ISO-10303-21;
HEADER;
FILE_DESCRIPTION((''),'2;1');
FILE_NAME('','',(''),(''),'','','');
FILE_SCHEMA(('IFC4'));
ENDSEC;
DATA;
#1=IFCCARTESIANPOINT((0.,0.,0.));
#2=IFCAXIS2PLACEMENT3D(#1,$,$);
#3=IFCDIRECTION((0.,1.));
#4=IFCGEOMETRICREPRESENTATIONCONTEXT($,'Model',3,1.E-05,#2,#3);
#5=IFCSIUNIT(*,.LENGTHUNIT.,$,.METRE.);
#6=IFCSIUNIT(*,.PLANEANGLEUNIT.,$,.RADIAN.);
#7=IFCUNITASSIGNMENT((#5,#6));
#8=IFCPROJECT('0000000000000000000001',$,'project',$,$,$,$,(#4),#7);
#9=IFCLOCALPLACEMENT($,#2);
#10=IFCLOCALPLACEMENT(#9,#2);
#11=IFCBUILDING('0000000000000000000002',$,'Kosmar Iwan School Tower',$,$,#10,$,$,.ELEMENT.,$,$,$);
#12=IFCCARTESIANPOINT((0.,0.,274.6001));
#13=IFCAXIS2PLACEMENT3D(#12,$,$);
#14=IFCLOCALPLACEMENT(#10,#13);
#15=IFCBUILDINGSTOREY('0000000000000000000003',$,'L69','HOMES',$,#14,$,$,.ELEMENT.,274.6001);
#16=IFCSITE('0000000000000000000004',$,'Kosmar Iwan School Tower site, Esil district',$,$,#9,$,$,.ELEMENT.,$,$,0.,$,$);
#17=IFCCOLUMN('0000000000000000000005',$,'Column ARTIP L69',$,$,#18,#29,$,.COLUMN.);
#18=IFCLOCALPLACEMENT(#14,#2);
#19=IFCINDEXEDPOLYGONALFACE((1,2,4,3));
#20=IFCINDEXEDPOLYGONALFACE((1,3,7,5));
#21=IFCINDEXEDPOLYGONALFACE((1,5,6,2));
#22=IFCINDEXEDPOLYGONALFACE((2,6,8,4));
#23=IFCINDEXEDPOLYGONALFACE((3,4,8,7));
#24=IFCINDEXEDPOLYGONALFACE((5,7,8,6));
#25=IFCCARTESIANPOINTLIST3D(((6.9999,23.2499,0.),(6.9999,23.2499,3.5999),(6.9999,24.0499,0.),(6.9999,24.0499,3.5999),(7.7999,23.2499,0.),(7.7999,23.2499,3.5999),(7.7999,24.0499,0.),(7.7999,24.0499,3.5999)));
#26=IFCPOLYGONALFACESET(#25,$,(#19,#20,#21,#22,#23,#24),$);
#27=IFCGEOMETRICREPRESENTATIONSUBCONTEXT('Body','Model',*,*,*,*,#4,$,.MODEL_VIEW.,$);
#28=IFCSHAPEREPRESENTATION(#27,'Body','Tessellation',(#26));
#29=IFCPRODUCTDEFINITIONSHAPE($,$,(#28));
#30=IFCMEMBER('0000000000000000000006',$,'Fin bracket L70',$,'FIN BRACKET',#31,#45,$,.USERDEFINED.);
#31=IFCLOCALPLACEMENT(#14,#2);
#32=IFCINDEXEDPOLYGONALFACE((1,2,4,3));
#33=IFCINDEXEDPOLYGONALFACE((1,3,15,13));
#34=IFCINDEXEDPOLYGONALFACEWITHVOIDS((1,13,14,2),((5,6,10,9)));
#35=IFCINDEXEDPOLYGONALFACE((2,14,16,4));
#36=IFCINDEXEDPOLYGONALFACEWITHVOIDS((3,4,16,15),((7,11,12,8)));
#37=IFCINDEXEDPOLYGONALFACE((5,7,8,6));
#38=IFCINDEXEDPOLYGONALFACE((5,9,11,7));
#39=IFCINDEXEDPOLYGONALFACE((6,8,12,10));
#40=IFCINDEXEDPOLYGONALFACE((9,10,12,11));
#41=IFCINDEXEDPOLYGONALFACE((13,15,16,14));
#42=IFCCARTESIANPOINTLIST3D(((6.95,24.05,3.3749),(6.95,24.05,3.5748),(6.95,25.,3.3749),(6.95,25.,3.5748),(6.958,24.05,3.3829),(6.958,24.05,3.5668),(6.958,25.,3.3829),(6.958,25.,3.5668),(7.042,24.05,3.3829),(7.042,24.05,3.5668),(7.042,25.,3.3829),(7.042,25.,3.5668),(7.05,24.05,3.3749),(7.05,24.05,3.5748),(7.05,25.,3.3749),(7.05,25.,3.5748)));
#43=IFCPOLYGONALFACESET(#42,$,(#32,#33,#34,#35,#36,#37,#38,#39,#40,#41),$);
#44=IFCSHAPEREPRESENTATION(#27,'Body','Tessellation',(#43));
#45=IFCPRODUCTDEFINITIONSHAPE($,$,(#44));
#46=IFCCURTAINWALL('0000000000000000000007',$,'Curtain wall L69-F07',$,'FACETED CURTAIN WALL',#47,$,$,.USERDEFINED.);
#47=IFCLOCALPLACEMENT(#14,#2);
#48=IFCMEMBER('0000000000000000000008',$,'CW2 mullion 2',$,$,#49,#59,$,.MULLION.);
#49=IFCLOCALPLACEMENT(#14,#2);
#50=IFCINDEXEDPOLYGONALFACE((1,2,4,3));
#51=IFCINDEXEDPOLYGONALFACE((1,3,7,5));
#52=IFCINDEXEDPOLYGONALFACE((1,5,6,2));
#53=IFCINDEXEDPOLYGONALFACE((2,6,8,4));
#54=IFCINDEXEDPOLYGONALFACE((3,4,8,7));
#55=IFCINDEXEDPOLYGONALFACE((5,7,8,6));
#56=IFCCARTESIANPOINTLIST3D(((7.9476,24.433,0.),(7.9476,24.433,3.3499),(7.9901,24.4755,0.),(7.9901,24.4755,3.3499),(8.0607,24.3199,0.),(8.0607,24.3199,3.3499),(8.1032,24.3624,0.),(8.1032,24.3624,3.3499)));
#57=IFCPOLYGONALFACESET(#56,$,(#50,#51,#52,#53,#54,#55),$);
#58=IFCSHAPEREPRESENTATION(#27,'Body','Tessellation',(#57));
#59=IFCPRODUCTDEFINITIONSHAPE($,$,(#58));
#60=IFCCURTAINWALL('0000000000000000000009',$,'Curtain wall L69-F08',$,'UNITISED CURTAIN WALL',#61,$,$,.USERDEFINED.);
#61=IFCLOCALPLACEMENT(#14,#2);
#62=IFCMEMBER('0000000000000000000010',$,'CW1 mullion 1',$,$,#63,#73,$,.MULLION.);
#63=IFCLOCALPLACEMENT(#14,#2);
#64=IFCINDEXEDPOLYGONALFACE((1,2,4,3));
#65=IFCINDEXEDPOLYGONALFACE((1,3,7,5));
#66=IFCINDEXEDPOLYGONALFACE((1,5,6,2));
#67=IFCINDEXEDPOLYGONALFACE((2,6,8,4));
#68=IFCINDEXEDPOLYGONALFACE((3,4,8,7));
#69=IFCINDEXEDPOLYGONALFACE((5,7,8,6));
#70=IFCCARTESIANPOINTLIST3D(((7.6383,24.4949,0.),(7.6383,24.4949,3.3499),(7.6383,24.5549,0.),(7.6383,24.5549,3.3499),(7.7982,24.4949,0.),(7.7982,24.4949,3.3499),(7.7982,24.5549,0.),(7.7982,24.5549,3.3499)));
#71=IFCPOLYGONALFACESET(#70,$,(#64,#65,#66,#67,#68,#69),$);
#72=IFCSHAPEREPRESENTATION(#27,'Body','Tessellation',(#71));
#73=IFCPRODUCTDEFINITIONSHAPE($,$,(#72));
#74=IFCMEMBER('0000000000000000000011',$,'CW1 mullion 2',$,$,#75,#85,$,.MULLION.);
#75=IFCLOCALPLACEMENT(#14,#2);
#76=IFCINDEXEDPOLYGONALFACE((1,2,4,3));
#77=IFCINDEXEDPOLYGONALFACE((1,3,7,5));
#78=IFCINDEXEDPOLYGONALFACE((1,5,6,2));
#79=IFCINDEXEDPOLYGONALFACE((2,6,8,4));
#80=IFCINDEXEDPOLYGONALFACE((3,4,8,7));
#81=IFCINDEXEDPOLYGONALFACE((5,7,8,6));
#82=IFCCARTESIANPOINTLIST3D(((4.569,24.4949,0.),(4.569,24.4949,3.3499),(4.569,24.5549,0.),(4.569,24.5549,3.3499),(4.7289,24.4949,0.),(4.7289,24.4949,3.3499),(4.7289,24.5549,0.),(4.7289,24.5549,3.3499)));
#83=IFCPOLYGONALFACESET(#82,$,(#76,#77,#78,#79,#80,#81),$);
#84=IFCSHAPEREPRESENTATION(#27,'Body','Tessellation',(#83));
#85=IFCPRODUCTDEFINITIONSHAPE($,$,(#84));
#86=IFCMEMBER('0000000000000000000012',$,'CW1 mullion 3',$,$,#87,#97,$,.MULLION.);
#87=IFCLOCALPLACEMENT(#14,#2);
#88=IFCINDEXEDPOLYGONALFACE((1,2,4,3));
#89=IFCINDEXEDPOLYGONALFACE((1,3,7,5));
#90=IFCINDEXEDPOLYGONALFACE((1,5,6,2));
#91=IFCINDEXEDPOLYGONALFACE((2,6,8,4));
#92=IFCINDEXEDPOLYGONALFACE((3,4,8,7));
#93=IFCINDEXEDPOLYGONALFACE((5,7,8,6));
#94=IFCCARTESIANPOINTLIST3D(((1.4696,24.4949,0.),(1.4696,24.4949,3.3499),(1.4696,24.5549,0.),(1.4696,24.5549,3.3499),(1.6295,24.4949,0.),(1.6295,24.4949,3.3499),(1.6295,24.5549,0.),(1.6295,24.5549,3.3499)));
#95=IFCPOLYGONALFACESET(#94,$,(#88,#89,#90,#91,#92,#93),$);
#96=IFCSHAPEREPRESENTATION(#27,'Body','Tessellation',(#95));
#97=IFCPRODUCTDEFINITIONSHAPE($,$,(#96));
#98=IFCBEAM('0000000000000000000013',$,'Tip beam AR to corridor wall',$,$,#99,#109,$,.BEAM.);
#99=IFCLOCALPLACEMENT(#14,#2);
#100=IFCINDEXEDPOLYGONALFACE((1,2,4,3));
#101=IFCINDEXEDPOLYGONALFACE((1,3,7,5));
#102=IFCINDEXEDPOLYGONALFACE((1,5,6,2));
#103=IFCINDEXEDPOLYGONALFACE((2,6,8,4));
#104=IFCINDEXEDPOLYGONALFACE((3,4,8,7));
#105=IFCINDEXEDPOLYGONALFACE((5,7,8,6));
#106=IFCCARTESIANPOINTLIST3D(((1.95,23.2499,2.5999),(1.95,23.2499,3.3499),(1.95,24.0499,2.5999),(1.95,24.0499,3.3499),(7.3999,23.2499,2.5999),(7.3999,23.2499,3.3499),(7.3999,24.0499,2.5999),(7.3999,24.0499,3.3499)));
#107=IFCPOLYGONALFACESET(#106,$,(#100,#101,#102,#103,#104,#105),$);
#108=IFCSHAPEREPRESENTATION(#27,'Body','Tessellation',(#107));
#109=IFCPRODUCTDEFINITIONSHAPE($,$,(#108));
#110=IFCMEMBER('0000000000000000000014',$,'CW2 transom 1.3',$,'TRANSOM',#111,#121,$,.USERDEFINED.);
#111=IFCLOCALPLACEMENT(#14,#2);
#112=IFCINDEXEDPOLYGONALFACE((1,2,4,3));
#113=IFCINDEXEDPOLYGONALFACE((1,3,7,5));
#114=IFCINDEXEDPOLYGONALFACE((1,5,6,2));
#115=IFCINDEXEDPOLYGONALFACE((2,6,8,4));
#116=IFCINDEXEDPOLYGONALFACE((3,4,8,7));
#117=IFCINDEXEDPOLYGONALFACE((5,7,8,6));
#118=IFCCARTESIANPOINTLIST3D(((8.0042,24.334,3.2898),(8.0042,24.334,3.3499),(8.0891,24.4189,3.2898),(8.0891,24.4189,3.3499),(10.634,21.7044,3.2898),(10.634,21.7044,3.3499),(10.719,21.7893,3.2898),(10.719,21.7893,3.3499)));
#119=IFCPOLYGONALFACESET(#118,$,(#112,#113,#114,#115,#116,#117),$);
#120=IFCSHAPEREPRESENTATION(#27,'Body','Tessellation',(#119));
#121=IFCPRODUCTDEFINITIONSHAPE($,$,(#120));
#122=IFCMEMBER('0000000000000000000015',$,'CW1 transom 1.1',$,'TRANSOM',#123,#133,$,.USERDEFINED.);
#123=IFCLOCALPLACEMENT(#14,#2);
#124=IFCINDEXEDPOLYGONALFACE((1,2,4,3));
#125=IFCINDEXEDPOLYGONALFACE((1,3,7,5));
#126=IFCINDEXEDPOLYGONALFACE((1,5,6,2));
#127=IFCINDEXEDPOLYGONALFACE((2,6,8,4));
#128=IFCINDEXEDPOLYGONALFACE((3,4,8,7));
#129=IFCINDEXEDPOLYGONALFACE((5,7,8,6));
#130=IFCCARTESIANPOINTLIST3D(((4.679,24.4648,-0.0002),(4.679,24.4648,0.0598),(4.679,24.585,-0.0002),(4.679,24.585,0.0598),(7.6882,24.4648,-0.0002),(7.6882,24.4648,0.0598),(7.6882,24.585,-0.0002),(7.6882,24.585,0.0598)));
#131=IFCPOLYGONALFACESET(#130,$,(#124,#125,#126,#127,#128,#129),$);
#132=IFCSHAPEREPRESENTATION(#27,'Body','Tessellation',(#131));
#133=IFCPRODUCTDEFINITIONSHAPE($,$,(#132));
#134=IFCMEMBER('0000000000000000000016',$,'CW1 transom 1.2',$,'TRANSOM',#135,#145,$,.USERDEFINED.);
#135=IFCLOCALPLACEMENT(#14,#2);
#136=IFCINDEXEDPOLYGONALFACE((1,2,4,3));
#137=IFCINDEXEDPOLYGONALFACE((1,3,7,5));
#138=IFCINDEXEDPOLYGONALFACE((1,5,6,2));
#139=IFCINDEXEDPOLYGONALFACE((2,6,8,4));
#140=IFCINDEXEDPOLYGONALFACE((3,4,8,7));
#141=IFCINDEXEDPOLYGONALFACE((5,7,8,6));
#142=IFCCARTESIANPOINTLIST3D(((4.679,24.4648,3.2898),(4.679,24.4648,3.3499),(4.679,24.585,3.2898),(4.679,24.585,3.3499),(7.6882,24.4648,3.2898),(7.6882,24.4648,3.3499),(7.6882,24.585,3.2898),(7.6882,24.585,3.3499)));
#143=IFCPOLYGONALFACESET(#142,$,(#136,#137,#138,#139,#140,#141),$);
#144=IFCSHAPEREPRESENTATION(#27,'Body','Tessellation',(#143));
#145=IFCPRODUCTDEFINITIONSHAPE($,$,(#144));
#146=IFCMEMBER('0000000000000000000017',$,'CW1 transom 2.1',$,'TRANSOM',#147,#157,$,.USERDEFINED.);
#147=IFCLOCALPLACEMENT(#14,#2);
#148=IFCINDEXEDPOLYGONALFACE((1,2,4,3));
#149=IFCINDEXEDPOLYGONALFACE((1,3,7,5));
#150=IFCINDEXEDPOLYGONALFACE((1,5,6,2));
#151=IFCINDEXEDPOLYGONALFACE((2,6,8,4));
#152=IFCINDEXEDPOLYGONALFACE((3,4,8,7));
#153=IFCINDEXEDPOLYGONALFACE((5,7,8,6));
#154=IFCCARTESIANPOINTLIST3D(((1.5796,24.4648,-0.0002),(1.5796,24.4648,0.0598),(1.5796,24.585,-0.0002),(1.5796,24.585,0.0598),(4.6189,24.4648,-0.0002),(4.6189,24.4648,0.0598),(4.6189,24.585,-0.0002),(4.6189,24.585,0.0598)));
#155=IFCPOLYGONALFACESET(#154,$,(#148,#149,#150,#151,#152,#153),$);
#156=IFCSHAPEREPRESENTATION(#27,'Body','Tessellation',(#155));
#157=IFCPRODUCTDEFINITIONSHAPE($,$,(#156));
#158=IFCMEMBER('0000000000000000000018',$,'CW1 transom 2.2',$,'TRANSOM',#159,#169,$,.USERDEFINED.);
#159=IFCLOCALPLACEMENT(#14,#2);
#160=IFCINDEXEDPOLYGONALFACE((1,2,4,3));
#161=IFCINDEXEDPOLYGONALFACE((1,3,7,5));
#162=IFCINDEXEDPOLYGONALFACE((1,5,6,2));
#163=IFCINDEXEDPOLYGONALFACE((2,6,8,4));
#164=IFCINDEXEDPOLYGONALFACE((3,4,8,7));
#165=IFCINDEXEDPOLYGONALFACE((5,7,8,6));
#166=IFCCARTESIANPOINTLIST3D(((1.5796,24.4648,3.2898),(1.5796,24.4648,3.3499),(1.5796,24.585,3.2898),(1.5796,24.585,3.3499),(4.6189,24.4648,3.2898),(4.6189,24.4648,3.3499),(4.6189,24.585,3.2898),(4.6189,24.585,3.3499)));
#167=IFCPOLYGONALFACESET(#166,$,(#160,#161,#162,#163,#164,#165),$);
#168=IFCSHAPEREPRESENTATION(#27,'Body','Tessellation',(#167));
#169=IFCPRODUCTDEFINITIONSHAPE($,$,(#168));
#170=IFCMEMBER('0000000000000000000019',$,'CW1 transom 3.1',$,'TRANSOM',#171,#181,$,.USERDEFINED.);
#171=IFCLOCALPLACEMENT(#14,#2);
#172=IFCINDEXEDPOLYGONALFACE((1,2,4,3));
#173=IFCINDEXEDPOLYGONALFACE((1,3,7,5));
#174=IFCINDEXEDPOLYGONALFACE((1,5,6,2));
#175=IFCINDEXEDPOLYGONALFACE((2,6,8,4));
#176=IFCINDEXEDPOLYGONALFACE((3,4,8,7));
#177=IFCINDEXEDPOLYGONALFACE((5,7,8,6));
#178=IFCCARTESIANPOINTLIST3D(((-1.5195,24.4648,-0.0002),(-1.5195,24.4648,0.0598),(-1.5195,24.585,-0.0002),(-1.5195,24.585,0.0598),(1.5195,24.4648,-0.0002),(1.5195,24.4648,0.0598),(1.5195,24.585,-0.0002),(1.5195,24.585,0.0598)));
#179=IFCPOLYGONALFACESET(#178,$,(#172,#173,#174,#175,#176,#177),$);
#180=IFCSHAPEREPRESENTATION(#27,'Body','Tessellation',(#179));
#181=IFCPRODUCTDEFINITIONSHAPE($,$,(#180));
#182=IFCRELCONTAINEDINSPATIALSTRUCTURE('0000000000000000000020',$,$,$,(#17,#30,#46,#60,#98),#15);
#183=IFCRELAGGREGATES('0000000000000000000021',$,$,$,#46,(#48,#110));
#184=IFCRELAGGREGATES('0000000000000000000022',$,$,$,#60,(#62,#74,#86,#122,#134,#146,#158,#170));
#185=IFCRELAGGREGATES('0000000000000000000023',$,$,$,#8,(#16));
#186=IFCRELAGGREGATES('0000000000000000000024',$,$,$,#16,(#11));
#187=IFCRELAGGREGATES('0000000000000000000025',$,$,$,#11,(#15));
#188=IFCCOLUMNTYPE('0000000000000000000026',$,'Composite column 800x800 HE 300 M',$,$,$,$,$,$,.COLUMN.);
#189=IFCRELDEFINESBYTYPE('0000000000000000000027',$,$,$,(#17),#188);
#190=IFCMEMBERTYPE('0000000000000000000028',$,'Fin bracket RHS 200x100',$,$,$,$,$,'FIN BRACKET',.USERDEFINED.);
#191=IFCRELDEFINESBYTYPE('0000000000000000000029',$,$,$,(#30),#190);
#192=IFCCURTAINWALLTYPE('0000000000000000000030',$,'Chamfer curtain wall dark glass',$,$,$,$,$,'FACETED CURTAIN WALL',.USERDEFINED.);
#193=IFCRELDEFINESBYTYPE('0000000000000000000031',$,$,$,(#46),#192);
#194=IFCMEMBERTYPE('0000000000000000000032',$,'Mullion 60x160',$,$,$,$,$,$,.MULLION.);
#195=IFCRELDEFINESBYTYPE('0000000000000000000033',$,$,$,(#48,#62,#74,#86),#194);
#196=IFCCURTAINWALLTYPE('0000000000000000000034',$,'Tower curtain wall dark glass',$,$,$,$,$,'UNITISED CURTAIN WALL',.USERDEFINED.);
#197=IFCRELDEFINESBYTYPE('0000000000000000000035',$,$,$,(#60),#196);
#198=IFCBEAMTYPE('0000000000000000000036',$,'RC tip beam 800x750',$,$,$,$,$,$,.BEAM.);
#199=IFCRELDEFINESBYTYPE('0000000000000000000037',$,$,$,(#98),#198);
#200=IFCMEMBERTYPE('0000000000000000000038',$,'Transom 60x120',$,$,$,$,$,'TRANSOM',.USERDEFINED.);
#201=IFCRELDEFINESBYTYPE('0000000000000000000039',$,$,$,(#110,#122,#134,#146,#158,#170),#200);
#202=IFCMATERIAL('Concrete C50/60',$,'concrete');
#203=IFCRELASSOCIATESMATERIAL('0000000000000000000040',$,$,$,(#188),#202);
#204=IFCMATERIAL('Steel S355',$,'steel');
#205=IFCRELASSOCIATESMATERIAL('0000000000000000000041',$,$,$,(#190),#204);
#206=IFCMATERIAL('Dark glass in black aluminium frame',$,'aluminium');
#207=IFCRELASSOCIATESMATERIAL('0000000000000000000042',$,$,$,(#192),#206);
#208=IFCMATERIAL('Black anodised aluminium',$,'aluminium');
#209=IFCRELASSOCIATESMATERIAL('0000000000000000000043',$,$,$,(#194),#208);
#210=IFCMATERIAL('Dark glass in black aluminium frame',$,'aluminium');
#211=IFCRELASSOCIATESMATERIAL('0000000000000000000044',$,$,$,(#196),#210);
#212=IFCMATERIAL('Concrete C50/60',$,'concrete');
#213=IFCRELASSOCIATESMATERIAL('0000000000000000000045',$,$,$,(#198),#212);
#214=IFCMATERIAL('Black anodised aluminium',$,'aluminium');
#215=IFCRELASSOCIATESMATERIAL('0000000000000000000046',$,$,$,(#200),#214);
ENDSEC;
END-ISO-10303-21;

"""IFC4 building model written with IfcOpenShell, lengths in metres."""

from ifc_helpers import new_model, si_unit, direction, frame, origin, origin_2d, place, context, subcontext, project, spatial, rectangle, hollow_rectangle, extrude, material, material_profile, profile_set, type_object, element, aggregate, save


model = new_model("IFC4")

# Units and contexts
model_context = context("Model", 3, precision=1e-05, world=origin(), true_north=direction((0.0, 1.0)))
body_context = subcontext(model_context, "Body", "Model", "MODEL_VIEW")
ifc_project = project(units=[si_unit("LENGTHUNIT", "METRE"), si_unit("PLANEANGLEUNIT", "RADIAN")], contexts=[model_context])

# Site, building, storey
site_placement = place(None, origin())
site = spatial("IfcSite", under=ifc_project, at=site_placement, Name="Kosmar Iwan School Tower site, Esil district", CompositionType="ELEMENT", RefElevation=0.0)
building_placement = place(site_placement, origin())
building = spatial("IfcBuilding", under=site, at=building_placement, Name="Kosmar Iwan School Tower", CompositionType="ELEMENT")
storey_placement = place(building_placement, frame((0.0, 0.0, 274.6001)))
storey = spatial("IfcBuildingStorey", under=building, at=storey_placement, Name="L69", Description="HOMES", CompositionType="ELEMENT", Elevation=274.6001)

# Column
ifc_material_1 = material(Name="Concrete C50/60", Category="concrete")
ifc_material_profile_1 = material_profile(ifc_material_1, rectangle(XDim=0.8, YDim=0.8, at=origin_2d()), Name="RC 800x800 + HE 300 M")
ifc_profile_set_1 = profile_set([ifc_material_profile_1], Name="Concrete C50/60")
column_type = type_object("IfcColumnType", Name="Composite column 800x800 HE 300 M", PredefinedType="COLUMN", material=ifc_profile_set_1)
column_placement = place(storey_placement, frame((7.3999, 23.6499, 0.0), z_axis=(0.0, 0.0, 1.0), x_axis=(0.0, 1.0, 0.0)))
element("IfcColumn", 1, at=column_placement, inside=storey, type_object=column_type, Name="Column ARTIP L69", PredefinedType="COLUMN", context=body_context, shape_type="SweptSolid", body=[
    extrude(rectangle(XDim=0.8, YDim=0.8, at=origin_2d()), origin(), (0.0, 0.0, 1.0), 3.5999),
])

# Member
ifc_material_2 = material(Name="Steel S355", Category="steel")
ifc_material_profile_2 = material_profile(ifc_material_2, hollow_rectangle(XDim=0.1001, YDim=0.2, WallThickness=0.0081, at=origin_2d()), Name="RHS 200x100x8")
ifc_profile_set_2 = profile_set([ifc_material_profile_2], Name="Steel S355")
member_type_1 = type_object("IfcMemberType", Name="Fin bracket RHS 200x100", ElementType="FIN BRACKET", PredefinedType="USERDEFINED", material=ifc_profile_set_2)
member_1_placement = place(storey_placement, frame((7.0, 24.05, 3.4749), z_axis=(0.0, 1.0, 0.0), x_axis=(-1.0, 0.0, 0.0)))
element("IfcMember", 2, at=member_1_placement, inside=storey, type_object=member_type_1, Name="Fin bracket L70", ObjectType="FIN BRACKET", PredefinedType="USERDEFINED", context=body_context, shape_type="SweptSolid", body=[
    extrude(hollow_rectangle(XDim=0.1001, YDim=0.2, WallThickness=0.0081, at=origin_2d()), origin(), (0.0, 0.0, 1.0), 0.95),
])

# Curtain wall, member
ifc_material_3 = material(Name="Dark glass in black aluminium frame", Category="aluminium")
curtain_wall_type_1 = type_object("IfcCurtainWallType", Name="Chamfer curtain wall dark glass", ElementType="FACETED CURTAIN WALL", PredefinedType="USERDEFINED", material=ifc_material_3)
curtain_wall_1_placement = place(storey_placement, origin())
curtain_wall_1 = element("IfcCurtainWall", 3, at=curtain_wall_1_placement, inside=storey, type_object=curtain_wall_type_1, Name="Curtain wall L69-F07", ObjectType="FACETED CURTAIN WALL", PredefinedType="USERDEFINED")
ifc_material_4 = material(Name="Black anodised aluminium", Category="aluminium")
ifc_material_profile_3 = material_profile(ifc_material_4, rectangle(XDim=0.0601, YDim=0.1599, at=origin_2d()), Name="MULLION 60x160")
ifc_profile_set_3 = profile_set([ifc_material_profile_3], Name="Black anodised aluminium")
member_type_2 = type_object("IfcMemberType", Name="Mullion 60x160", PredefinedType="MULLION", material=ifc_profile_set_3)
member_2_placement = place(storey_placement, frame((8.0254, 24.3977, 0.0), z_axis=(0.0, 0.0, 1.0), x_axis=(-0.707107, -0.707107, 0.0)))
member_2 = element("IfcMember", 4, at=member_2_placement, type_object=member_type_2, Name="CW2 mullion 2", PredefinedType="MULLION", context=body_context, shape_type="SweptSolid", body=[
    extrude(rectangle(XDim=0.0601, YDim=0.1599, at=origin_2d()), origin(), (0.0, 0.0, 1.0), 3.3499),
])

# Curtain wall, members
ifc_material_5 = material(Name="Dark glass in black aluminium frame", Category="aluminium")
curtain_wall_type_2 = type_object("IfcCurtainWallType", Name="Tower curtain wall dark glass", ElementType="UNITISED CURTAIN WALL", PredefinedType="USERDEFINED", material=ifc_material_5)
curtain_wall_2_placement = place(storey_placement, origin())
curtain_wall_2 = element("IfcCurtainWall", 5, at=curtain_wall_2_placement, inside=storey, type_object=curtain_wall_type_2, Name="Curtain wall L69-F08", ObjectType="UNITISED CURTAIN WALL", PredefinedType="USERDEFINED")
member_3_placement = place(storey_placement, frame((7.7183, 24.5249, 0.0), z_axis=(0.0, 0.0, 1.0), x_axis=(0.0, -1.0, 0.0)))
member_3 = element("IfcMember", 6, at=member_3_placement, type_object=member_type_2, Name="CW1 mullion 1", PredefinedType="MULLION", context=body_context, shape_type="SweptSolid", body=[
    extrude(rectangle(XDim=0.0601, YDim=0.1599, at=origin_2d()), origin(), (0.0, 0.0, 1.0), 3.3499),
])
member_4_placement = place(storey_placement, frame((4.6489, 24.5249, 0.0), z_axis=(0.0, 0.0, 1.0), x_axis=(0.0, -1.0, 0.0)))
member_4 = element("IfcMember", 7, at=member_4_placement, type_object=member_type_2, Name="CW1 mullion 2", PredefinedType="MULLION", context=body_context, shape_type="SweptSolid", body=[
    extrude(rectangle(XDim=0.0601, YDim=0.1599, at=origin_2d()), origin(), (0.0, 0.0, 1.0), 3.3499),
])
member_5_placement = place(storey_placement, frame((1.5496, 24.5249, 0.0), z_axis=(0.0, 0.0, 1.0), x_axis=(0.0, -1.0, 0.0)))
member_5 = element("IfcMember", 8, at=member_5_placement, type_object=member_type_2, Name="CW1 mullion 3", PredefinedType="MULLION", context=body_context, shape_type="SweptSolid", body=[
    extrude(rectangle(XDim=0.0601, YDim=0.1599, at=origin_2d()), origin(), (0.0, 0.0, 1.0), 3.3499),
])

# Beam
ifc_material_6 = material(Name="Concrete C50/60", Category="concrete")
ifc_material_profile_4 = material_profile(ifc_material_6, rectangle(XDim=0.8, YDim=0.75, at=origin_2d()), Name="RC 800x750")
ifc_profile_set_4 = profile_set([ifc_material_profile_4], Name="Concrete C50/60")
beam_type = type_object("IfcBeamType", Name="RC tip beam 800x750", PredefinedType="BEAM", material=ifc_profile_set_4)
beam_placement = place(storey_placement, frame((7.3999, 23.6499, 2.9749), z_axis=(-1.0, 0.0, 0.0), x_axis=(0.0, -1.0, 0.0)))
element("IfcBeam", 9, at=beam_placement, inside=storey, type_object=beam_type, Name="Tip beam AR to corridor wall", PredefinedType="BEAM", context=body_context, shape_type="SweptSolid", body=[
    extrude(rectangle(XDim=0.8, YDim=0.75, at=origin_2d()), origin(), (0.0, 0.0, 1.0), 5.45),
])

# Members
ifc_material_7 = material(Name="Black anodised aluminium", Category="aluminium")
ifc_material_profile_5 = material_profile(ifc_material_7, rectangle(XDim=0.1201, YDim=0.0601, at=origin_2d()), Name="TRANSOM 60x120")
ifc_profile_set_5 = profile_set([ifc_material_profile_5], Name="Black anodised aluminium")
member_type_3 = type_object("IfcMemberType", Name="Transom 60x120", ElementType="TRANSOM", PredefinedType="USERDEFINED", material=ifc_profile_set_5)
member_6_placement = place(storey_placement, frame((10.6765, 21.7468, 3.3198), z_axis=(-0.70714, 0.707074, 0.0), x_axis=(-0.707074, -0.70714, 0.0)))
member_6 = element("IfcMember", 10, at=member_6_placement, type_object=member_type_3, Name="CW2 transom 1.3", ObjectType="TRANSOM", PredefinedType="USERDEFINED", context=body_context, shape_type="SweptSolid", body=[
    extrude(rectangle(XDim=0.1201, YDim=0.0601, at=origin_2d()), origin(), (0.0, 0.0, 1.0), 3.719),
])
member_7_placement = place(storey_placement, frame((7.6882, 24.5249, 0.0298), z_axis=(-1.0, 0.0, 0.0), x_axis=(0.0, -1.0, 0.0)))
member_7 = element("IfcMember", 11, at=member_7_placement, type_object=member_type_3, Name="CW1 transom 1.1", ObjectType="TRANSOM", PredefinedType="USERDEFINED", context=body_context, shape_type="SweptSolid", body=[
    extrude(rectangle(XDim=0.1201, YDim=0.0601, at=origin_2d()), origin(), (0.0, 0.0, 1.0), 3.0093),
])
member_8_placement = place(storey_placement, frame((7.6882, 24.5249, 3.3198), z_axis=(-1.0, 0.0, 0.0), x_axis=(0.0, -1.0, 0.0)))
member_8 = element("IfcMember", 12, at=member_8_placement, type_object=member_type_3, Name="CW1 transom 1.2", ObjectType="TRANSOM", PredefinedType="USERDEFINED", context=body_context, shape_type="SweptSolid", body=[
    extrude(rectangle(XDim=0.1201, YDim=0.0601, at=origin_2d()), origin(), (0.0, 0.0, 1.0), 3.0093),
])
member_9_placement = place(storey_placement, frame((4.6189, 24.5249, 0.0298), z_axis=(-1.0, 0.0, 0.0), x_axis=(0.0, -1.0, 0.0)))
member_9 = element("IfcMember", 13, at=member_9_placement, type_object=member_type_3, Name="CW1 transom 2.1", ObjectType="TRANSOM", PredefinedType="USERDEFINED", context=body_context, shape_type="SweptSolid", body=[
    extrude(rectangle(XDim=0.1201, YDim=0.0601, at=origin_2d()), origin(), (0.0, 0.0, 1.0), 3.0393),
])
member_10_placement = place(storey_placement, frame((4.6189, 24.5249, 3.3198), z_axis=(-1.0, 0.0, 0.0), x_axis=(0.0, -1.0, 0.0)))
member_10 = element("IfcMember", 14, at=member_10_placement, type_object=member_type_3, Name="CW1 transom 2.2", ObjectType="TRANSOM", PredefinedType="USERDEFINED", context=body_context, shape_type="SweptSolid", body=[
    extrude(rectangle(XDim=0.1201, YDim=0.0601, at=origin_2d()), origin(), (0.0, 0.0, 1.0), 3.0393),
])
member_11_placement = place(storey_placement, frame((1.5195, 24.5249, 0.0298), z_axis=(-1.0, 0.0, 0.0), x_axis=(0.0, -1.0, 0.0)))
member_11 = element("IfcMember", 15, at=member_11_placement, type_object=member_type_3, Name="CW1 transom 3.1", ObjectType="TRANSOM", PredefinedType="USERDEFINED", context=body_context, shape_type="SweptSolid", body=[
    extrude(rectangle(XDim=0.1201, YDim=0.0601, at=origin_2d()), origin(), (0.0, 0.0, 1.0), 3.0391),
])

aggregate(curtain_wall_1, [member_2, member_6])
aggregate(curtain_wall_2, [member_3, member_4, member_5, member_7, member_8, member_9, member_10, member_11])

save(model, "model.ifc")
